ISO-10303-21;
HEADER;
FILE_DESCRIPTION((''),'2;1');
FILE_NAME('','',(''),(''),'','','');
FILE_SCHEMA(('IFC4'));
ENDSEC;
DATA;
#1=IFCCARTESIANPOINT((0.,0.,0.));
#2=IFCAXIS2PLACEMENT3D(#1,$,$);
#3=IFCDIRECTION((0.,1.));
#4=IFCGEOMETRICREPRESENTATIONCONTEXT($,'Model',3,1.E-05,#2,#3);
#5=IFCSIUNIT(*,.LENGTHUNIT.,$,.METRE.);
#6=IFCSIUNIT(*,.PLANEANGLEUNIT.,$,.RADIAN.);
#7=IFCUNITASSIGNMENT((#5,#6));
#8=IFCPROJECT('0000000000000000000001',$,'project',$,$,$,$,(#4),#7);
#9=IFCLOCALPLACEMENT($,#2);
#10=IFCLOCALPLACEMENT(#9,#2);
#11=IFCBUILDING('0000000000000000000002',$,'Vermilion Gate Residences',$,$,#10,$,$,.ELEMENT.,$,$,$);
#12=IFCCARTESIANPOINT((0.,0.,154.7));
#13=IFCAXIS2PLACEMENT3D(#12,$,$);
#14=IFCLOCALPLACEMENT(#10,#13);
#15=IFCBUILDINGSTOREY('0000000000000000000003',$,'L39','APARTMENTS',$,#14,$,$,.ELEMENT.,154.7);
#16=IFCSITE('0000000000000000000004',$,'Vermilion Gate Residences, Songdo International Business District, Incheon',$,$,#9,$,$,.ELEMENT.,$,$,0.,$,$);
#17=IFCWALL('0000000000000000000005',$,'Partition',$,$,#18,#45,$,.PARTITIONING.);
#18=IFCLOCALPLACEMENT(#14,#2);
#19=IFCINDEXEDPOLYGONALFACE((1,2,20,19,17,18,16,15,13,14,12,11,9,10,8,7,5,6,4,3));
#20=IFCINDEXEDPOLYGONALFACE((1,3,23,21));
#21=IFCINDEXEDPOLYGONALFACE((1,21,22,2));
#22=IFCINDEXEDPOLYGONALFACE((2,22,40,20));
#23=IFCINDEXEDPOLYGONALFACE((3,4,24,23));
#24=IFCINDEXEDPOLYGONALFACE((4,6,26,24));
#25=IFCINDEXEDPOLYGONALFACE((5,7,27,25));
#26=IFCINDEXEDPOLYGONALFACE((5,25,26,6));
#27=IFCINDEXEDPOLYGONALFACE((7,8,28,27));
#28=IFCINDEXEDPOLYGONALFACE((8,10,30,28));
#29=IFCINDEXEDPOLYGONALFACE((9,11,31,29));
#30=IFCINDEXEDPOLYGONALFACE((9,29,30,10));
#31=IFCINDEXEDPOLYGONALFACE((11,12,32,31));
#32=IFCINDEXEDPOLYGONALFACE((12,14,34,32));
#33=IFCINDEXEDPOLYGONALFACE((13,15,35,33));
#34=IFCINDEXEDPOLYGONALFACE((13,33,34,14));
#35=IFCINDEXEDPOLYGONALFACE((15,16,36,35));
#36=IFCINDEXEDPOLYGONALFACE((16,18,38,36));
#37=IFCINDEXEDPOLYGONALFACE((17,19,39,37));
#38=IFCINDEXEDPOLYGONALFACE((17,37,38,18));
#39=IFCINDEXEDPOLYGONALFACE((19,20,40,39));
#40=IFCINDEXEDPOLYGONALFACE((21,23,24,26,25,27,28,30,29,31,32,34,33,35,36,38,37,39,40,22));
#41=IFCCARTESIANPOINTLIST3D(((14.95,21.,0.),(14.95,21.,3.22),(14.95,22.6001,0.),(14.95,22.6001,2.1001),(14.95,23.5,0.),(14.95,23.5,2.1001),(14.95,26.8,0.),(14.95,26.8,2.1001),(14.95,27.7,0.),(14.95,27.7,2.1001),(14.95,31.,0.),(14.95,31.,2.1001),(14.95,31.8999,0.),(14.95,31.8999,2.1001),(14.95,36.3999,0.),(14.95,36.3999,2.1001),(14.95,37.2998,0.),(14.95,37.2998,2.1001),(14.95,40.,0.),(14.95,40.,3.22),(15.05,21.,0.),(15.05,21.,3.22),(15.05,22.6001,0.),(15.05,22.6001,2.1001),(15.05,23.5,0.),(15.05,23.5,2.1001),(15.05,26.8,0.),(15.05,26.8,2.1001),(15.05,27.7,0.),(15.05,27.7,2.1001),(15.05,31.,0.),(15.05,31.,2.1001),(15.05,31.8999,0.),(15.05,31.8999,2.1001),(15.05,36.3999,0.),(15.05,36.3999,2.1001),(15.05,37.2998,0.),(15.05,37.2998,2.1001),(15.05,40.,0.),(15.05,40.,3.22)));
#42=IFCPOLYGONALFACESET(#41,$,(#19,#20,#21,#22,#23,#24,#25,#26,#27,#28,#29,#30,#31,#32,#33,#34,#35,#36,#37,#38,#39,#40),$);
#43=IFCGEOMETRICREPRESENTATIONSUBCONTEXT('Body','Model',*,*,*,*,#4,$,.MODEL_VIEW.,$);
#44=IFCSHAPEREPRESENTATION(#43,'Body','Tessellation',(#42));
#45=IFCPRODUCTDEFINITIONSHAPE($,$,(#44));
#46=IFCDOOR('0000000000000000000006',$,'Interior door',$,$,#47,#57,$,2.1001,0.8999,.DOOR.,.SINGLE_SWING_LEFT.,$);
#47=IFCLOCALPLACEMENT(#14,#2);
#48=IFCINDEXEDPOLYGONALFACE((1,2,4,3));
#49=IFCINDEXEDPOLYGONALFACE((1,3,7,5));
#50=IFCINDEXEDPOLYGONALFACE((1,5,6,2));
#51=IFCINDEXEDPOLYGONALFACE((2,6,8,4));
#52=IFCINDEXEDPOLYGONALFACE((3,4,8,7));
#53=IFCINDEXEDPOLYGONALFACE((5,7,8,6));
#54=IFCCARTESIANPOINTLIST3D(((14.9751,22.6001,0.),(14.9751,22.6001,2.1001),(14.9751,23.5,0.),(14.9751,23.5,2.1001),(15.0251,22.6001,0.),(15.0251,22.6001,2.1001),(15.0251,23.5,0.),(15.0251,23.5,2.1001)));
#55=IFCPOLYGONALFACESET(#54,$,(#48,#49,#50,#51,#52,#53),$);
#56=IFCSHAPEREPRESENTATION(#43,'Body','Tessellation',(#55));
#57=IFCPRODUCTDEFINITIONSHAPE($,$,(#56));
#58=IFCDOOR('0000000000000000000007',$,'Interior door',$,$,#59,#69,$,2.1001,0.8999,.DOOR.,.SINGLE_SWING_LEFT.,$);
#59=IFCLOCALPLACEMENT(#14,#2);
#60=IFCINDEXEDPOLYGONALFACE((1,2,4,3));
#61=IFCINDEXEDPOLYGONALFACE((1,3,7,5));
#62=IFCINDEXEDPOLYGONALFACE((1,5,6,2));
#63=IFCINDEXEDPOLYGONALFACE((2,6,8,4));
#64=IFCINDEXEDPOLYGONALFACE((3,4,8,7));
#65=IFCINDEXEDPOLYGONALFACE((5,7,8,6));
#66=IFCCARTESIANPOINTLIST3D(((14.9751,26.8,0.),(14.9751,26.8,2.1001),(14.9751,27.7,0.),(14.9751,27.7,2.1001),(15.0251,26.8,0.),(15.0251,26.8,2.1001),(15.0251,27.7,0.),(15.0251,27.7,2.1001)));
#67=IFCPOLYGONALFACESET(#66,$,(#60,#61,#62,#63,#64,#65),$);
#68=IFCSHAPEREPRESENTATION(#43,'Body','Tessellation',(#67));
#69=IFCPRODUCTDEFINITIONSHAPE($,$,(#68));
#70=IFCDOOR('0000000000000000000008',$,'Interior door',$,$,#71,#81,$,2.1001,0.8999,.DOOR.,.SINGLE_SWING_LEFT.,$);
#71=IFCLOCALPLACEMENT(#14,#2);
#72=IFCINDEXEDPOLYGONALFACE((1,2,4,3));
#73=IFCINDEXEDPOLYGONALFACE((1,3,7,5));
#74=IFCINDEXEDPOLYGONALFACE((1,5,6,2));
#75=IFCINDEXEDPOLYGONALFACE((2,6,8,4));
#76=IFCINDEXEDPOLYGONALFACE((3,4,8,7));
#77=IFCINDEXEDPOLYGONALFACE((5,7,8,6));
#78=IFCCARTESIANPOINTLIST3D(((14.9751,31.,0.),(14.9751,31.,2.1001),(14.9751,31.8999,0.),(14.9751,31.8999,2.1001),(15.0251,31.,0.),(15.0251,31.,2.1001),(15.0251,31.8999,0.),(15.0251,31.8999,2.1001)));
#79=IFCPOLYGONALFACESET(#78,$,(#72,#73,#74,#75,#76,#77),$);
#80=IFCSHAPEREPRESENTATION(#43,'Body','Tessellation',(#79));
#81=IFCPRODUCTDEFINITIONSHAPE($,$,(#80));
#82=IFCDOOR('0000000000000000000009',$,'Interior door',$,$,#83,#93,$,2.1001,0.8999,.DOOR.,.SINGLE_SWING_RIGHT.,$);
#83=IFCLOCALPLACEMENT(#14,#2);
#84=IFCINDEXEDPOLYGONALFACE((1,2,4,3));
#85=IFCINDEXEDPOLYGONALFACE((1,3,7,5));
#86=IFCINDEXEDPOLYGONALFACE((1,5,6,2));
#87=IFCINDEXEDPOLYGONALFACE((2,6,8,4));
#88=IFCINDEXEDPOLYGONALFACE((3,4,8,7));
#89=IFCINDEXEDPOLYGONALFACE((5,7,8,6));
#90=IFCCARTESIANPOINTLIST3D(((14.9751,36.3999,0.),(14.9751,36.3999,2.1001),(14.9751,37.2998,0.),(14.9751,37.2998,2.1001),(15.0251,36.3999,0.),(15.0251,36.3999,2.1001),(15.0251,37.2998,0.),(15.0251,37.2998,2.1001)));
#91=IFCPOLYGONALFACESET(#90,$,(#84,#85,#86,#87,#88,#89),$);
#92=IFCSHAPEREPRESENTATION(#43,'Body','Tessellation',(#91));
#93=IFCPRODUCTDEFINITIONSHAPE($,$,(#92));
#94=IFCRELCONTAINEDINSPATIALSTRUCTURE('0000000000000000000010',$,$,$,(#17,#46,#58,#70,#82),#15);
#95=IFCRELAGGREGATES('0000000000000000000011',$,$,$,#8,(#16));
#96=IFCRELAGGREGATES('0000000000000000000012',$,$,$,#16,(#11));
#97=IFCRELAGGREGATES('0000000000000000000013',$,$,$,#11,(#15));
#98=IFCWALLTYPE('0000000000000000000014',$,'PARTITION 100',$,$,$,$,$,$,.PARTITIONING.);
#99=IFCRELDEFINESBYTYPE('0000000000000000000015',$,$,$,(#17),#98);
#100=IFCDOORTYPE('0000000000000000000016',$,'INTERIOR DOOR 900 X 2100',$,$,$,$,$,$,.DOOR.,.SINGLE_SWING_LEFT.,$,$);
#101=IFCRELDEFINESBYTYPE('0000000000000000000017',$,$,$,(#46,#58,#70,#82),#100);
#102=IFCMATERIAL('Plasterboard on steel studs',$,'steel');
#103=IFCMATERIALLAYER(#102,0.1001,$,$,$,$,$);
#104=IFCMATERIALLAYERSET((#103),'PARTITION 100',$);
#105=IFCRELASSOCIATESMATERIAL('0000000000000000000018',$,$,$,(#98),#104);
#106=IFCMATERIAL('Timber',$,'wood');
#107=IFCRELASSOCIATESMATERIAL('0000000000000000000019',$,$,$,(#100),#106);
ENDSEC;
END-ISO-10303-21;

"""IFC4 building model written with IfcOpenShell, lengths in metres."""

from ifc_helpers import new_model, si_unit, direction, frame, frame_2d, origin, place, context, subcontext, project, spatial, rectangle, extrude, material, layer, layer_set, type_object, element, fill, save


model = new_model("IFC4")

# Units and contexts
model_context = context("Model", 3, precision=1e-05, world=origin(), true_north=direction((0.0, 1.0)))
body_context = subcontext(model_context, "Body", "Model", "MODEL_VIEW")
ifc_project = project(units=[si_unit("LENGTHUNIT", "METRE"), si_unit("PLANEANGLEUNIT", "RADIAN")], contexts=[model_context])

# Site, building, storey
site_placement = place(None, origin())
site = spatial("IfcSite", under=ifc_project, at=site_placement, Name="Vermilion Gate Residences, Songdo International Business District, Incheon", CompositionType="ELEMENT", RefElevation=0.0)
building_placement = place(site_placement, origin())
building = spatial("IfcBuilding", under=site, at=building_placement, Name="Vermilion Gate Residences", CompositionType="ELEMENT")
storey_placement = place(building_placement, frame((0.0, 0.0, 154.7)))
storey = spatial("IfcBuildingStorey", under=building, at=storey_placement, Name="L39", Description="APARTMENTS", CompositionType="ELEMENT", Elevation=154.7)

# Wall, openings, doors
ifc_material_1 = material(Name="Plasterboard on steel studs", Category="steel")
ifc_layer_1 = layer(ifc_material_1, 0.1001)
ifc_layer_set_1 = layer_set([ifc_layer_1], Name="PARTITION 100")
wall_type_1 = type_object("IfcWallType", Name="PARTITION 100", PredefinedType="PARTITIONING", material=ifc_layer_set_1)
wall_1_placement = place(storey_placement, frame((15.0, 21.0, 0.0), z_axis=(0.0, 0.0, 1.0), x_axis=(0.0, 1.0, 0.0)))
wall_1 = element("IfcWall", 1, at=wall_1_placement, inside=storey, type_object=wall_type_1, Name="Partition", PredefinedType="PARTITIONING", context=body_context, shape_type="SweptSolid", body=[
    extrude(rectangle(XDim=19.0, YDim=0.1001, at=frame_2d((9.5, 0.0))), origin(), (0.0, 0.0, 1.0), 3.22),
])
opening_1_placement = place(wall_1_placement, frame((1.6001, 0.0, 0.0)))
opening_1 = element("IfcOpeningElement", 2, at=opening_1_placement, cuts=wall_1, PredefinedType="OPENING", context=body_context, shape_type="SweptSolid", body=[
    extrude(rectangle(XDim=0.8999, YDim=2.1001, at=frame_2d((0.45, 1.05))), frame((0.0, 0.0601, 0.0), z_axis=(0.0, -1.0, 0.0), x_axis=(1.0, 0.0, 0.0)), (0.0, 0.0, 1.0), 0.1201),
])
opening_2_placement = place(wall_1_placement, frame((5.8, 0.0, 0.0)))
opening_2 = element("IfcOpeningElement", 3, at=opening_2_placement, cuts=wall_1, PredefinedType="OPENING", context=body_context, shape_type="SweptSolid", body=[
    extrude(rectangle(XDim=0.8999, YDim=2.1001, at=frame_2d((0.45, 1.05))), frame((0.0, 0.0601, 0.0), z_axis=(0.0, -1.0, 0.0), x_axis=(1.0, 0.0, 0.0)), (0.0, 0.0, 1.0), 0.1201),
])
opening_3_placement = place(wall_1_placement, frame((10.0, 0.0, 0.0)))
opening_3 = element("IfcOpeningElement", 4, at=opening_3_placement, cuts=wall_1, PredefinedType="OPENING", context=body_context, shape_type="SweptSolid", body=[
    extrude(rectangle(XDim=0.8999, YDim=2.1001, at=frame_2d((0.45, 1.05))), frame((0.0, 0.0601, 0.0), z_axis=(0.0, -1.0, 0.0), x_axis=(1.0, 0.0, 0.0)), (0.0, 0.0, 1.0), 0.1201),
])
opening_4_placement = place(wall_1_placement, frame((15.3999, 0.0, 0.0)))
opening_4 = element("IfcOpeningElement", 5, at=opening_4_placement, cuts=wall_1, PredefinedType="OPENING", context=body_context, shape_type="SweptSolid", body=[
    extrude(rectangle(XDim=0.8999, YDim=2.1001, at=frame_2d((0.45, 1.05))), frame((0.0, 0.0601, 0.0), z_axis=(0.0, -1.0, 0.0), x_axis=(1.0, 0.0, 0.0)), (0.0, 0.0, 1.0), 0.1201),
])
ifc_material_2 = material(Name="Timber", Category="wood")
door_type = type_object("IfcDoorType", Name="INTERIOR DOOR 900 X 2100", OperationType="SINGLE_SWING_LEFT", PredefinedType="DOOR", material=ifc_material_2)
door_1_placement = place(opening_1_placement, origin())
door_1 = element("IfcDoor", 6, at=door_1_placement, inside=storey, type_object=door_type, Name="Interior door", OperationType="SINGLE_SWING_LEFT", OverallHeight=2.1001, OverallWidth=0.8999, PredefinedType="DOOR", context=body_context, shape_type="SweptSolid", body=[
    extrude(rectangle(XDim=0.8999, YDim=2.1001, at=frame_2d((0.45, 1.05))), frame((0.0, 0.0249, 0.0), z_axis=(0.0, -1.0, 0.0), x_axis=(1.0, 0.0, 0.0)), (0.0, 0.0, 1.0), 0.05),
])
fill(opening_1, door_1)
door_2_placement = place(opening_2_placement, origin())
door_2 = element("IfcDoor", 7, at=door_2_placement, inside=storey, type_object=door_type, Name="Interior door", OperationType="SINGLE_SWING_LEFT", OverallHeight=2.1001, OverallWidth=0.8999, PredefinedType="DOOR", context=body_context, shape_type="SweptSolid", body=[
    extrude(rectangle(XDim=0.8999, YDim=2.1001, at=frame_2d((0.45, 1.05))), frame((0.0, 0.0249, 0.0), z_axis=(0.0, -1.0, 0.0), x_axis=(1.0, 0.0, 0.0)), (0.0, 0.0, 1.0), 0.05),
])
fill(opening_2, door_2)
door_3_placement = place(opening_3_placement, origin())
door_3 = element("IfcDoor", 8, at=door_3_placement, inside=storey, type_object=door_type, Name="Interior door", OperationType="SINGLE_SWING_LEFT", OverallHeight=2.1001, OverallWidth=0.8999, PredefinedType="DOOR", context=body_context, shape_type="SweptSolid", body=[
    extrude(rectangle(XDim=0.8999, YDim=2.1001, at=frame_2d((0.45, 1.05))), frame((0.0, 0.0249, 0.0), z_axis=(0.0, -1.0, 0.0), x_axis=(1.0, 0.0, 0.0)), (0.0, 0.0, 1.0), 0.05),
])
fill(opening_3, door_3)
door_4_placement = place(opening_4_placement, origin())
door_4 = element("IfcDoor", 9, at=door_4_placement, inside=storey, type_object=door_type, Name="Interior door", OperationType="SINGLE_SWING_RIGHT", OverallHeight=2.1001, OverallWidth=0.8999, PredefinedType="DOOR", context=body_context, shape_type="SweptSolid", body=[
    extrude(rectangle(XDim=0.8999, YDim=2.1001, at=frame_2d((0.45, 1.05))), frame((0.0, 0.0249, 0.0), z_axis=(0.0, -1.0, 0.0), x_axis=(1.0, 0.0, 0.0)), (0.0, 0.0, 1.0), 0.05),
])
fill(opening_4, door_4)

save(model, "model.ifc")
